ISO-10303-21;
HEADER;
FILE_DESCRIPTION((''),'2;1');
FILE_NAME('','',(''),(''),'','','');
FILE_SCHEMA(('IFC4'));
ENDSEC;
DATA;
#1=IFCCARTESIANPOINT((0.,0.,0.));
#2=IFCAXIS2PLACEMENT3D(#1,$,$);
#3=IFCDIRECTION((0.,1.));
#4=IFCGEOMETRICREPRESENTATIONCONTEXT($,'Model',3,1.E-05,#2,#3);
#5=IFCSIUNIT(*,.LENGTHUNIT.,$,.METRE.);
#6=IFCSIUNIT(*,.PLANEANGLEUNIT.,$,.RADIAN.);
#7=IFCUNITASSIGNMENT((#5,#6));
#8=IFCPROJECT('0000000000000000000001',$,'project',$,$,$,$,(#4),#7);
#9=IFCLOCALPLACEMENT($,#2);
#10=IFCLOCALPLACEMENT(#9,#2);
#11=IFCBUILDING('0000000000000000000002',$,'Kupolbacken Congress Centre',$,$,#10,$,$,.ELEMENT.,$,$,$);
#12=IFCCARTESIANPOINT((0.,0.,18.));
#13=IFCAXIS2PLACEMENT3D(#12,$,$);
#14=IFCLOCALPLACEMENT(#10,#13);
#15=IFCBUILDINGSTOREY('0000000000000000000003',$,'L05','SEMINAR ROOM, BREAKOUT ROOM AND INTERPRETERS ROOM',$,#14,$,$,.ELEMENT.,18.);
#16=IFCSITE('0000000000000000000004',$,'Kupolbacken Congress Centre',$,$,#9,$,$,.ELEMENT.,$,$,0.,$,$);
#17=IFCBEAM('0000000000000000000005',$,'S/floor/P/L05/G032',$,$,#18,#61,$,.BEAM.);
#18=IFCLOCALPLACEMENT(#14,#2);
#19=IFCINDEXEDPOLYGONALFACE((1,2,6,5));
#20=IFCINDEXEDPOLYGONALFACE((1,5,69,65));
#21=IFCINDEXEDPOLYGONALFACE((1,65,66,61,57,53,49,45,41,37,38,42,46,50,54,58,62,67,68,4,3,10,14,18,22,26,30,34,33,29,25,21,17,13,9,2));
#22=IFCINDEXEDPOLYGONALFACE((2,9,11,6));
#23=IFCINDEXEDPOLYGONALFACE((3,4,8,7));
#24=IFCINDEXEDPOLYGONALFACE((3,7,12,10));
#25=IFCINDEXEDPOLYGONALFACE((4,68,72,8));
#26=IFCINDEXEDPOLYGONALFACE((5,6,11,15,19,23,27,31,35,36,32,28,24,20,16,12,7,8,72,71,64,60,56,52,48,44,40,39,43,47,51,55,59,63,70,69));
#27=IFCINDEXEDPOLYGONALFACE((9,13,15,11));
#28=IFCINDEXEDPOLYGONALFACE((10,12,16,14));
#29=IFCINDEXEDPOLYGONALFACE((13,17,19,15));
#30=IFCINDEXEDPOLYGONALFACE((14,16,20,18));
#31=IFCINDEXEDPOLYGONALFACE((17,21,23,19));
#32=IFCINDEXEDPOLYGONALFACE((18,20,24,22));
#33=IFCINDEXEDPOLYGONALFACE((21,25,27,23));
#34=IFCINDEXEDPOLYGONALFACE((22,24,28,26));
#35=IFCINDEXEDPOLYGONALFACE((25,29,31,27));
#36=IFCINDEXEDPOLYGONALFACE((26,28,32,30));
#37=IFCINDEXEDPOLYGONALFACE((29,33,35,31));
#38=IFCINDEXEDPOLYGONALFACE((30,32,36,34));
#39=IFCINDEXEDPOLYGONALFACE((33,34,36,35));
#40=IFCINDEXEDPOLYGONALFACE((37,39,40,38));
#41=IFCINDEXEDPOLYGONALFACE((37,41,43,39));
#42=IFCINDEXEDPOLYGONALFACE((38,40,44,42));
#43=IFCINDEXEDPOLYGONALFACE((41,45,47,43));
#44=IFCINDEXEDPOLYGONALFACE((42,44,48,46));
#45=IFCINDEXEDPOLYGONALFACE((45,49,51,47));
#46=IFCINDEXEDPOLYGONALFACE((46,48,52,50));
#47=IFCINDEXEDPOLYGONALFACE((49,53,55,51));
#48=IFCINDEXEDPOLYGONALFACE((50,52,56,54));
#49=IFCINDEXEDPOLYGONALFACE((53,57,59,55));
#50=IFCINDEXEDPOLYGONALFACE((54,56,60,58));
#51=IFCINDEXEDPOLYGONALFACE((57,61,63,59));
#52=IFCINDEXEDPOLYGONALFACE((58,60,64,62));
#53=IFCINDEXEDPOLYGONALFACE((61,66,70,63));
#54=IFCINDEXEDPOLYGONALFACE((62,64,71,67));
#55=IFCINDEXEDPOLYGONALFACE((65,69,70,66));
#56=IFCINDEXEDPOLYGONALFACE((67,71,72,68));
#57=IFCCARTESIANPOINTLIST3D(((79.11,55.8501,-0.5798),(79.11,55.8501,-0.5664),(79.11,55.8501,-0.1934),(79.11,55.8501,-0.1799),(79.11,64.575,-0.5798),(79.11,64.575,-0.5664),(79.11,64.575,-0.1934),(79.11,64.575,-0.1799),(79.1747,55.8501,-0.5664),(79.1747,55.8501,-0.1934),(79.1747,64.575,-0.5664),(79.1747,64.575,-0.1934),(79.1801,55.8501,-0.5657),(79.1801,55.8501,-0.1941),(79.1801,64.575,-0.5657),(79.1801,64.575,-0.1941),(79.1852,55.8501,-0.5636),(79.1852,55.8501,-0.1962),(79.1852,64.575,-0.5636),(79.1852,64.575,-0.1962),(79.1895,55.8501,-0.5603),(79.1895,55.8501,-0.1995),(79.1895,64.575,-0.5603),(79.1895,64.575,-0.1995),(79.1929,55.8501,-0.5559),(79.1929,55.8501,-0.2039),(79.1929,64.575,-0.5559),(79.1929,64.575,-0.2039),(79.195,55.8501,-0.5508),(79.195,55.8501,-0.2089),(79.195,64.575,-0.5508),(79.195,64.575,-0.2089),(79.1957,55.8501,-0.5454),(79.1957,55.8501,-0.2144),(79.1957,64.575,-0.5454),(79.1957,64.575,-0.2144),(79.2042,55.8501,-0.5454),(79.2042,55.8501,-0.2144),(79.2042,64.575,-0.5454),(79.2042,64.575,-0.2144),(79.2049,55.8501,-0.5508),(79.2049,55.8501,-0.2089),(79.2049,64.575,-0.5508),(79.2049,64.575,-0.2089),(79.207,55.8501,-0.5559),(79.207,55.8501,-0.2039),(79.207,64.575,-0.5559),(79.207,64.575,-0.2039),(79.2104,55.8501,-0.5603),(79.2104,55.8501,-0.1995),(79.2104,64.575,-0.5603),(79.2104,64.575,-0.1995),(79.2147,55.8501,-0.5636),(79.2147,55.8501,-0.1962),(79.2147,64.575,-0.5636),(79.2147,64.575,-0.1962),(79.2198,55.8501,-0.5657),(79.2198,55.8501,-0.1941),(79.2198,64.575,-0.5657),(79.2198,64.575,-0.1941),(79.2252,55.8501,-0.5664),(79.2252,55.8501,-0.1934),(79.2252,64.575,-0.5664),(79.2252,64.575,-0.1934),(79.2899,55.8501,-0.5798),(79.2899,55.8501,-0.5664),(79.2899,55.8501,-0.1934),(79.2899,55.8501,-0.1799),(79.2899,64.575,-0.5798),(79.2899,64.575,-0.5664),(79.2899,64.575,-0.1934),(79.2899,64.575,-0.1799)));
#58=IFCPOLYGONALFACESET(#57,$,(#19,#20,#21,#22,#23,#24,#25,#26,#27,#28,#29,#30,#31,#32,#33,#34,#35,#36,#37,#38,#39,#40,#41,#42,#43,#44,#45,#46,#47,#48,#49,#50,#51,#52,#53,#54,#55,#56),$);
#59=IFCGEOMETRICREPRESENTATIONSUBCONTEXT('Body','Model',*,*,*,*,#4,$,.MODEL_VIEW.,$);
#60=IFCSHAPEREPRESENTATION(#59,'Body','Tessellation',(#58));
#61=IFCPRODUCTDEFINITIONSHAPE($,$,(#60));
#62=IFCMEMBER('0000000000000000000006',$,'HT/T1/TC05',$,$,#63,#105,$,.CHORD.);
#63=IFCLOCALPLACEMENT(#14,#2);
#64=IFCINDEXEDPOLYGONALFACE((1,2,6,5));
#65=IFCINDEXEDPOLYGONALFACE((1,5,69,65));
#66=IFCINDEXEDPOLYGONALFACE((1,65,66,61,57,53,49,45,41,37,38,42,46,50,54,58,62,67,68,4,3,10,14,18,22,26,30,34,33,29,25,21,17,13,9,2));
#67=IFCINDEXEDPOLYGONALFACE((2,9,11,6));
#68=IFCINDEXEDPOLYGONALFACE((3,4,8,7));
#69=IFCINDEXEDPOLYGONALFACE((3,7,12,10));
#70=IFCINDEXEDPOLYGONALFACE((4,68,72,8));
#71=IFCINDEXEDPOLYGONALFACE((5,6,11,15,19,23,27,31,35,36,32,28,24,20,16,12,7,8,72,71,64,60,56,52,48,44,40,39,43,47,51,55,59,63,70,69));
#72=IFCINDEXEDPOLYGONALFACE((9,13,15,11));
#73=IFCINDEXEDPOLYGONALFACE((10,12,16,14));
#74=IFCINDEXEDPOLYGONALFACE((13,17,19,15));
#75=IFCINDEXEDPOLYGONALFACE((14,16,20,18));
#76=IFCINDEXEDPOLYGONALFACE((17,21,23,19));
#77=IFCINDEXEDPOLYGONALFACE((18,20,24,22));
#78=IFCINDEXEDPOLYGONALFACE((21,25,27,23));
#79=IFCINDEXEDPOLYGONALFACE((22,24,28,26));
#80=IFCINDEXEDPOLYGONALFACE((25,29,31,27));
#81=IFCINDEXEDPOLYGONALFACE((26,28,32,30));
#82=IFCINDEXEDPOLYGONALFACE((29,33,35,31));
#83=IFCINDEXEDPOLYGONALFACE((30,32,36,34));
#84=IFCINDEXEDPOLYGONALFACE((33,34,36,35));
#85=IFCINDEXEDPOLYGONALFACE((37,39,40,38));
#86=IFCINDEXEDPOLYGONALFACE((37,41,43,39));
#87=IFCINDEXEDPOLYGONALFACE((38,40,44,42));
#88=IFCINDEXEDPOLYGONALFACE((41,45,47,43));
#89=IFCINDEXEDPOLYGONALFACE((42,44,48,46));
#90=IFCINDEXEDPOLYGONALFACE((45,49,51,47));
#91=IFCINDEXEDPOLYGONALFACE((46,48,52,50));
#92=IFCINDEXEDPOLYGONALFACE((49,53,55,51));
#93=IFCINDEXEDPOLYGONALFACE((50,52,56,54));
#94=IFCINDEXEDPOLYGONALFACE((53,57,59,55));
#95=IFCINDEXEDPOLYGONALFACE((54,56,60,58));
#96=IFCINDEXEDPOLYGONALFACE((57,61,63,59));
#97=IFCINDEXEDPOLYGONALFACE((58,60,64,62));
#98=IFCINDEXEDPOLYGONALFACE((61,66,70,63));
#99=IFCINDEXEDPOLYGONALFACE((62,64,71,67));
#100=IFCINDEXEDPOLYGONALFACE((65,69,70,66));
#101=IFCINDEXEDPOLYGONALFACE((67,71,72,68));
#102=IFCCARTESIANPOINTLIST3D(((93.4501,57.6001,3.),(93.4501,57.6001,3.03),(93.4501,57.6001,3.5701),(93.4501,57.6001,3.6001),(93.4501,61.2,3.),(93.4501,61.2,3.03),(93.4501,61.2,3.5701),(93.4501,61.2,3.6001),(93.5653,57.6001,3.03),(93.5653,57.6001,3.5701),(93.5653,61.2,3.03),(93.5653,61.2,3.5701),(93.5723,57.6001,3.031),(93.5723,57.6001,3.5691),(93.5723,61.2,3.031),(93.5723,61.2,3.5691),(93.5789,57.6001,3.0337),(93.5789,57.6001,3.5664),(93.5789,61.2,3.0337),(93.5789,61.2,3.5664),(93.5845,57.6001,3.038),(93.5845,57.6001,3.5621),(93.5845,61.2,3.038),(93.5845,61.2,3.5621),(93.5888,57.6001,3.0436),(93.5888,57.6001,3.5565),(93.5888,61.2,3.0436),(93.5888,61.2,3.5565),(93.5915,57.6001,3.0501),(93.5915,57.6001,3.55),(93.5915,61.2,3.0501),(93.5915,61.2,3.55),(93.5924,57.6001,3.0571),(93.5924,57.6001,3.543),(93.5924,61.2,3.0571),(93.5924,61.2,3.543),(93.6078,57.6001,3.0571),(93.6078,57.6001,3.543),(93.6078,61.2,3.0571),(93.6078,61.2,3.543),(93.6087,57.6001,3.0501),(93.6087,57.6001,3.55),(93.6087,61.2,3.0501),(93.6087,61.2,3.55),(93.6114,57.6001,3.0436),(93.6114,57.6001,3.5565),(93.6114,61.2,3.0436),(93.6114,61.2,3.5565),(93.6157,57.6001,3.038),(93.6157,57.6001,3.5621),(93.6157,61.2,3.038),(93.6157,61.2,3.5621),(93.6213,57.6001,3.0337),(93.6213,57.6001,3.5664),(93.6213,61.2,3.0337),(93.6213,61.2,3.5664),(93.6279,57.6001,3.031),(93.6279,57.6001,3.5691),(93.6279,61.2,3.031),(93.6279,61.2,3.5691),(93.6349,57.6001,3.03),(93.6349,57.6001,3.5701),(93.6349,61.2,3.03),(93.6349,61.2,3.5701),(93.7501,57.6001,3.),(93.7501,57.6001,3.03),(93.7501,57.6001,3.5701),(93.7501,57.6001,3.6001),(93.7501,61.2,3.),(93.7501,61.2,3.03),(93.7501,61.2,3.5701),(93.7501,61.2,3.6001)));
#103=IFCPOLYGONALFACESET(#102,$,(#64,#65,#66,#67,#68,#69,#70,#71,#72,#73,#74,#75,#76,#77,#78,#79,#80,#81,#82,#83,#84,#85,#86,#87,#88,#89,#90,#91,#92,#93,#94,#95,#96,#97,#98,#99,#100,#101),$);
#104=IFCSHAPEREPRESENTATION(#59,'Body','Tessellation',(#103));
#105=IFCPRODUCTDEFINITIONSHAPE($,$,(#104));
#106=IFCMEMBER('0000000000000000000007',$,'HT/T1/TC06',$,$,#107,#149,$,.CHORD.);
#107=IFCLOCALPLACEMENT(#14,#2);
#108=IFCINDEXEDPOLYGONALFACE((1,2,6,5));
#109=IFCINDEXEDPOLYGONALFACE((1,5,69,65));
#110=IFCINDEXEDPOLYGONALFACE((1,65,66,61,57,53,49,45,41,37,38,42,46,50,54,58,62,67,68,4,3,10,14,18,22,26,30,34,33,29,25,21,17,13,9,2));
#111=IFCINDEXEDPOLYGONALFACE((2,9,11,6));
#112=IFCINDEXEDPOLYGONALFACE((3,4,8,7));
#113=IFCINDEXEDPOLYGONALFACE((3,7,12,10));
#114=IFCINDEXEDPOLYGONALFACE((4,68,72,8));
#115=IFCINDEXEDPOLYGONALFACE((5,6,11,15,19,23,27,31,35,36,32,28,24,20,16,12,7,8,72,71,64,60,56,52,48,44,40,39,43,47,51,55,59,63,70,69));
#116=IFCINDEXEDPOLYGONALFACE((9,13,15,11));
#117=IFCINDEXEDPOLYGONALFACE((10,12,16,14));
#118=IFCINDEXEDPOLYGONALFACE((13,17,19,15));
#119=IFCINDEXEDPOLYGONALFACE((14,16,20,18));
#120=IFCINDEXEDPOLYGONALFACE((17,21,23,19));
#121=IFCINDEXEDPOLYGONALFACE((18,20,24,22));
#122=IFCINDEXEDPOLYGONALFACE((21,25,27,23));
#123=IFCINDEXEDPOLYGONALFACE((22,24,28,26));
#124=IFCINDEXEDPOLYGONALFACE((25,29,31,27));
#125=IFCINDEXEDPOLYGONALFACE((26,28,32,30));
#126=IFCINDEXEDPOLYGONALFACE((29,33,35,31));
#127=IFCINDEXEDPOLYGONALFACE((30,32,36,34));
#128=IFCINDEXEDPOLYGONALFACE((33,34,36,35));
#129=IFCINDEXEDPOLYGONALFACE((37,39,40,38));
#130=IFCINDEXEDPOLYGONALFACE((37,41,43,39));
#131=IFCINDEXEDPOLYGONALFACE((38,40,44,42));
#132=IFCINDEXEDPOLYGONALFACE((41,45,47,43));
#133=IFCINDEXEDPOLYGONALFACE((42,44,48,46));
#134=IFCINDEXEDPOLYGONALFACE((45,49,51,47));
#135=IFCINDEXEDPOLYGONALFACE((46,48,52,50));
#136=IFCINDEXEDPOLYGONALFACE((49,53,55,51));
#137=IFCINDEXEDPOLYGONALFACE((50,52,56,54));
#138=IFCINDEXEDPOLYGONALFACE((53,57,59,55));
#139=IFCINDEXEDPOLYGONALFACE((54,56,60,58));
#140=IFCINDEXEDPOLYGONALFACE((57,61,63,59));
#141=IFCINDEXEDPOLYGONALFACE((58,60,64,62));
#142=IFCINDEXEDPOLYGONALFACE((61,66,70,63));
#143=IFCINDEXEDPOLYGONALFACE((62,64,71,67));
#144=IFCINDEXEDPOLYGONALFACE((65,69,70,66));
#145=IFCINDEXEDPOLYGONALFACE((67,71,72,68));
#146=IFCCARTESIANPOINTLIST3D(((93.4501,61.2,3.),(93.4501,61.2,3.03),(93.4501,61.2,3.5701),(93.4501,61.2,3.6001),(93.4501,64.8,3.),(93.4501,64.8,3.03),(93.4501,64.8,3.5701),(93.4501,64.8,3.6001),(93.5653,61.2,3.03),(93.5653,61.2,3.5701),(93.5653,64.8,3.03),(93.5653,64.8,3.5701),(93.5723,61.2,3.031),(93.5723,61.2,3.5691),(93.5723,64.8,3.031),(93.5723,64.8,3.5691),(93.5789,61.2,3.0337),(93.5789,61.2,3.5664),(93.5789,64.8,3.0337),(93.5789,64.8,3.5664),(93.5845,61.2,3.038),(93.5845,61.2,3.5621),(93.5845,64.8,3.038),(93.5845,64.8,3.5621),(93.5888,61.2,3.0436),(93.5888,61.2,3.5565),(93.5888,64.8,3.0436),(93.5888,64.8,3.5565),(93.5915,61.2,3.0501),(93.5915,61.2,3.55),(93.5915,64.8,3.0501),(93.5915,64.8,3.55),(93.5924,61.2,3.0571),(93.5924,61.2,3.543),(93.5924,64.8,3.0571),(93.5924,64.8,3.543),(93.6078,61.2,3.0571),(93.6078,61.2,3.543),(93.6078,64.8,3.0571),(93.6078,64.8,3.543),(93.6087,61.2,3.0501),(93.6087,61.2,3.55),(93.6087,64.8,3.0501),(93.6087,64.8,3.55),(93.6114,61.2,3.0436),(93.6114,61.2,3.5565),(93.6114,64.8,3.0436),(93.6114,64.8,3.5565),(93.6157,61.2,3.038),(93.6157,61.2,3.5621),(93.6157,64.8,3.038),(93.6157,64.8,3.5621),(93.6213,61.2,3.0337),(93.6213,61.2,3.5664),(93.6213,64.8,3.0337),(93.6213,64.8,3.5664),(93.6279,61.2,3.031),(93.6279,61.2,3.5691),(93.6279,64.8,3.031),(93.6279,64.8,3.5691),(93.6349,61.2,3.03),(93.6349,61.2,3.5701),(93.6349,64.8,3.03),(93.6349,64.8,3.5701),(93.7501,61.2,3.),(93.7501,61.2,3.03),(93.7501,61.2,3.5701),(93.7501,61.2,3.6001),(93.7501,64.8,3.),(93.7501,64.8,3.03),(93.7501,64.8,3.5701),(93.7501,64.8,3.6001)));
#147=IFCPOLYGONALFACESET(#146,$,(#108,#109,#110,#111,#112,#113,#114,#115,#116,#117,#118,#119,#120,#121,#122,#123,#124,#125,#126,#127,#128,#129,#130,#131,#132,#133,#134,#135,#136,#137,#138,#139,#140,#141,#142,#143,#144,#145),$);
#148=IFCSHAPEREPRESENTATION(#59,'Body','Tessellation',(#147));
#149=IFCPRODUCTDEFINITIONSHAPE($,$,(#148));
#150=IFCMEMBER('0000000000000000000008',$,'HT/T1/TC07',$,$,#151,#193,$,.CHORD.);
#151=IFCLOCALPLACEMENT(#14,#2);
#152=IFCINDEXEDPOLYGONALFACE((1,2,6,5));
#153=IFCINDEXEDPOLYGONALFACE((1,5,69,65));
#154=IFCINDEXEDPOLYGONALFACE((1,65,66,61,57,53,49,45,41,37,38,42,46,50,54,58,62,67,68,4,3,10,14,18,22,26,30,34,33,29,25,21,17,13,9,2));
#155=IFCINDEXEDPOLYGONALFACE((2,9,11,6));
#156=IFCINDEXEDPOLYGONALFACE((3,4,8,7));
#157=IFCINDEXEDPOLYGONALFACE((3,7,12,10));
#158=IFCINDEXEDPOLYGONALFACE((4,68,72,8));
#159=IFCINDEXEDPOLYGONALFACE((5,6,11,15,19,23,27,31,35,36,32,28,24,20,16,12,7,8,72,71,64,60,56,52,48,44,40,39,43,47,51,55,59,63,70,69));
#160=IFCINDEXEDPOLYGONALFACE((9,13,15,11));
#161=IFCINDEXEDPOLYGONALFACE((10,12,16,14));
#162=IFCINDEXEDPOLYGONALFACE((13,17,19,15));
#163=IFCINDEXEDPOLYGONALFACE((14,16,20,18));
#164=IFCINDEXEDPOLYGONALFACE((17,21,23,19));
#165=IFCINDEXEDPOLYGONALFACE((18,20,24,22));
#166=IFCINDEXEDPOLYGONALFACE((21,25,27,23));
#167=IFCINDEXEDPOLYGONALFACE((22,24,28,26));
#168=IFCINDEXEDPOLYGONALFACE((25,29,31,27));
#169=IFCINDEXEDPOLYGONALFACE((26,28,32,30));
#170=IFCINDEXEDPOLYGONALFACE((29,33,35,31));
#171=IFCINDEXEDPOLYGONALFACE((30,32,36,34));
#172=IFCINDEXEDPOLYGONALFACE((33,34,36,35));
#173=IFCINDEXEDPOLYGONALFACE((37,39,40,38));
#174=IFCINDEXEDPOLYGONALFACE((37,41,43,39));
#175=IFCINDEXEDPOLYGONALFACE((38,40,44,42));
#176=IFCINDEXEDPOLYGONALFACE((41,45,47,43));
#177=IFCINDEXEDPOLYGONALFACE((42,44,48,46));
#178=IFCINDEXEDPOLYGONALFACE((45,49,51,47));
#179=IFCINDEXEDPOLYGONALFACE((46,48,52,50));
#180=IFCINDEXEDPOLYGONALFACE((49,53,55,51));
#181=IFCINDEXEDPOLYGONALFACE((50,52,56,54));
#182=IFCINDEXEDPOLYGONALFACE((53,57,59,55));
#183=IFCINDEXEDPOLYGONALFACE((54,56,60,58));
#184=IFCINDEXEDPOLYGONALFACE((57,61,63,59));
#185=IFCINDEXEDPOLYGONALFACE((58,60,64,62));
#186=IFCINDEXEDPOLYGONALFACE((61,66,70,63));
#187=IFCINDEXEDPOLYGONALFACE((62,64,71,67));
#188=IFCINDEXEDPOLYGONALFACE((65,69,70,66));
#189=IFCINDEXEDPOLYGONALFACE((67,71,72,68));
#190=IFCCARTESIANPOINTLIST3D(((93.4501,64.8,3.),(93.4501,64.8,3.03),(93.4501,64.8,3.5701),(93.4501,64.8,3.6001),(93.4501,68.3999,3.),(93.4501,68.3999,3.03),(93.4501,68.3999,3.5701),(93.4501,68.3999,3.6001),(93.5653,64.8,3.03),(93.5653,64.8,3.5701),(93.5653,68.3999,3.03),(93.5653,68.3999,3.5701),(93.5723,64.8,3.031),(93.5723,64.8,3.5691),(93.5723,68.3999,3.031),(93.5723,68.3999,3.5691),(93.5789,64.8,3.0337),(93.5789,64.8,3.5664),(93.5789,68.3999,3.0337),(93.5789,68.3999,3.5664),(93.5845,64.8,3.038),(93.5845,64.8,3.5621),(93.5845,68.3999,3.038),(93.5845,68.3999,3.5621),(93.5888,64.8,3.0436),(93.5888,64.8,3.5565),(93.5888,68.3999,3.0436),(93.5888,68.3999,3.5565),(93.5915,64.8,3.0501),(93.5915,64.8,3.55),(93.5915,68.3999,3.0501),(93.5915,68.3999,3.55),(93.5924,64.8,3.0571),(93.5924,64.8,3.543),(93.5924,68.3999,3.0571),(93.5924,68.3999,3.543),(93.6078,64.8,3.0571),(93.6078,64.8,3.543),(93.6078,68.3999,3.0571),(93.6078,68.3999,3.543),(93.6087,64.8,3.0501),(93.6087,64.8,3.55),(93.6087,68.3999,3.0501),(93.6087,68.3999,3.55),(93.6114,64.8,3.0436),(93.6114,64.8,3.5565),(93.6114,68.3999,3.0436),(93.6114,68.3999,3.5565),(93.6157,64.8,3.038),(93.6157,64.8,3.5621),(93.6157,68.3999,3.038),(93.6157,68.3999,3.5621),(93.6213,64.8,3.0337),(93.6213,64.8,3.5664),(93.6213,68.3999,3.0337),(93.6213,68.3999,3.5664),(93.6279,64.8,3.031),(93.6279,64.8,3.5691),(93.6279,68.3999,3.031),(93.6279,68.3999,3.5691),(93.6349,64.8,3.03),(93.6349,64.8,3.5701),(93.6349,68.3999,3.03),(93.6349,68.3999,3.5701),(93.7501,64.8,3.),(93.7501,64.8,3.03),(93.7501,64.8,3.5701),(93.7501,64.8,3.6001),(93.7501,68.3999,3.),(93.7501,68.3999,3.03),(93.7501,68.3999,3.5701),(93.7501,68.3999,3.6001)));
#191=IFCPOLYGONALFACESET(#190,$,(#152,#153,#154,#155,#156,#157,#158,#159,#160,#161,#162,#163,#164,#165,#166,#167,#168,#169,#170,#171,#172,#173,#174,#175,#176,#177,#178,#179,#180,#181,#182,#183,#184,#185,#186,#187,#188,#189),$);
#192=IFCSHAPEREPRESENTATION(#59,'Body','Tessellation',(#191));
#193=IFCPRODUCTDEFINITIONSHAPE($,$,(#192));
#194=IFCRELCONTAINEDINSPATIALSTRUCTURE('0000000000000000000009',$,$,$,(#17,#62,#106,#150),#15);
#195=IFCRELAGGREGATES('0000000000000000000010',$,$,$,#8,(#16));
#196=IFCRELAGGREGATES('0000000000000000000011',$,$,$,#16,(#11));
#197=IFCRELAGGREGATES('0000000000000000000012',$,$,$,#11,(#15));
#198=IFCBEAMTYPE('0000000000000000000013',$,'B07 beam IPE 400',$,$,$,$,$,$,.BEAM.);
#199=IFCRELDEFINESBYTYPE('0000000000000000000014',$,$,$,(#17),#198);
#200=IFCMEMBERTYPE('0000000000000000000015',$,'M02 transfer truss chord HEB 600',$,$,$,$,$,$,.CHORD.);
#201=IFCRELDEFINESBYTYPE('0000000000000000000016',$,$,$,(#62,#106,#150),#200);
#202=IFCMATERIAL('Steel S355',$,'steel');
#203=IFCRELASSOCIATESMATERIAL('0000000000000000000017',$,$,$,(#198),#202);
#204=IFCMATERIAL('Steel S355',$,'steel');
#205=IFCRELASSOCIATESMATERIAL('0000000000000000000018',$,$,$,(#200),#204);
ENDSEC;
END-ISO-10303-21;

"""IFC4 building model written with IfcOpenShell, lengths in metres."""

from ifc_helpers import new_model, si_unit, direction, frame, origin, origin_2d, place, context, subcontext, project, spatial, i_section, extrude, material, material_profile, profile_set, type_object, element, save


model = new_model("IFC4")

# Units and contexts
model_context = context("Model", 3, precision=1e-05, world=origin(), true_north=direction((0.0, 1.0)))
body_context = subcontext(model_context, "Body", "Model", "MODEL_VIEW")
ifc_project = project(units=[si_unit("LENGTHUNIT", "METRE"), si_unit("PLANEANGLEUNIT", "RADIAN")], contexts=[model_context])

# Site, building, storey
site_placement = place(None, origin())
site = spatial("IfcSite", under=ifc_project, at=site_placement, Name="Kupolbacken Congress Centre", CompositionType="ELEMENT", RefElevation=0.0)
building_placement = place(site_placement, origin())
building = spatial("IfcBuilding", under=site, at=building_placement, Name="Kupolbacken Congress Centre", CompositionType="ELEMENT")
storey_placement = place(building_placement, frame((0.0, 0.0, 18.0)))
storey = spatial("IfcBuildingStorey", under=building, at=storey_placement, Name="L05", Description="SEMINAR ROOM, BREAKOUT ROOM AND INTERPRETERS ROOM", CompositionType="ELEMENT", Elevation=18.0)

# Beam
ifc_material_1 = material(Name="Steel S355", Category="steel")
ifc_material_profile_1 = material_profile(ifc_material_1, i_section(OverallWidth=0.1799, OverallDepth=0.3999, WebThickness=0.0085, FlangeThickness=0.0134, FilletRadius=0.021, at=origin_2d()), Name="IPE 400")
ifc_profile_set_1 = profile_set([ifc_material_profile_1], Name="Steel S355")
beam_type_1 = type_object("IfcBeamType", Name="B07 beam IPE 400", PredefinedType="BEAM", material=ifc_profile_set_1)
beam_1_placement = place(storey_placement, frame((79.2, 55.8501, -0.3799), z_axis=(0.0, 1.0, 0.0), x_axis=(-1.0, 0.0, 0.0)))
element("IfcBeam", 1, at=beam_1_placement, inside=storey, type_object=beam_type_1, Name="S/floor/P/L05/G032", PredefinedType="BEAM", context=body_context, shape_type="SweptSolid", body=[
    extrude(i_section(OverallWidth=0.1799, OverallDepth=0.3999, WebThickness=0.0085, FlangeThickness=0.0134, FilletRadius=0.021, at=origin_2d()), origin(), (0.0, 0.0, 1.0), 8.7249),
])

# Members
ifc_material_2 = material(Name="Steel S355", Category="steel")
ifc_material_profile_2 = material_profile(ifc_material_2, i_section(OverallWidth=0.3, OverallDepth=0.6001, WebThickness=0.0154, FlangeThickness=0.03, FilletRadius=0.0271, at=origin_2d()), Name="HEB 600")
ifc_profile_set_2 = profile_set([ifc_material_profile_2], Name="Steel S355")
member_type_1 = type_object("IfcMemberType", Name="M02 transfer truss chord HEB 600", PredefinedType="CHORD", material=ifc_profile_set_2)
member_1_placement = place(storey_placement, frame((93.6001, 57.6001, 3.3), z_axis=(0.0, 1.0, 0.0), x_axis=(-1.0, 0.0, 0.0)))
element("IfcMember", 2, at=member_1_placement, inside=storey, type_object=member_type_1, Name="HT/T1/TC05", PredefinedType="CHORD", context=body_context, shape_type="SweptSolid", body=[
    extrude(i_section(OverallWidth=0.3, OverallDepth=0.6001, WebThickness=0.0154, FlangeThickness=0.03, FilletRadius=0.0271, at=origin_2d()), origin(), (0.0, 0.0, 1.0), 3.5999),
])
member_2_placement = place(storey_placement, frame((93.6001, 61.2, 3.3), z_axis=(0.0, 1.0, 0.0), x_axis=(-1.0, 0.0, 0.0)))
element("IfcMember", 3, at=member_2_placement, inside=storey, type_object=member_type_1, Name="HT/T1/TC06", PredefinedType="CHORD", context=body_context, shape_type="SweptSolid", body=[
    extrude(i_section(OverallWidth=0.3, OverallDepth=0.6001, WebThickness=0.0154, FlangeThickness=0.03, FilletRadius=0.0271, at=origin_2d()), origin(), (0.0, 0.0, 1.0), 3.6001),
])
member_3_placement = place(storey_placement, frame((93.6001, 64.8, 3.3), z_axis=(0.0, 1.0, 0.0), x_axis=(-1.0, 0.0, 0.0)))
element("IfcMember", 4, at=member_3_placement, inside=storey, type_object=member_type_1, Name="HT/T1/TC07", PredefinedType="CHORD", context=body_context, shape_type="SweptSolid", body=[
    extrude(i_section(OverallWidth=0.3, OverallDepth=0.6001, WebThickness=0.0154, FlangeThickness=0.03, FilletRadius=0.0271, at=origin_2d()), origin(), (0.0, 0.0, 1.0), 3.5999),
])

save(model, "model.ifc")
